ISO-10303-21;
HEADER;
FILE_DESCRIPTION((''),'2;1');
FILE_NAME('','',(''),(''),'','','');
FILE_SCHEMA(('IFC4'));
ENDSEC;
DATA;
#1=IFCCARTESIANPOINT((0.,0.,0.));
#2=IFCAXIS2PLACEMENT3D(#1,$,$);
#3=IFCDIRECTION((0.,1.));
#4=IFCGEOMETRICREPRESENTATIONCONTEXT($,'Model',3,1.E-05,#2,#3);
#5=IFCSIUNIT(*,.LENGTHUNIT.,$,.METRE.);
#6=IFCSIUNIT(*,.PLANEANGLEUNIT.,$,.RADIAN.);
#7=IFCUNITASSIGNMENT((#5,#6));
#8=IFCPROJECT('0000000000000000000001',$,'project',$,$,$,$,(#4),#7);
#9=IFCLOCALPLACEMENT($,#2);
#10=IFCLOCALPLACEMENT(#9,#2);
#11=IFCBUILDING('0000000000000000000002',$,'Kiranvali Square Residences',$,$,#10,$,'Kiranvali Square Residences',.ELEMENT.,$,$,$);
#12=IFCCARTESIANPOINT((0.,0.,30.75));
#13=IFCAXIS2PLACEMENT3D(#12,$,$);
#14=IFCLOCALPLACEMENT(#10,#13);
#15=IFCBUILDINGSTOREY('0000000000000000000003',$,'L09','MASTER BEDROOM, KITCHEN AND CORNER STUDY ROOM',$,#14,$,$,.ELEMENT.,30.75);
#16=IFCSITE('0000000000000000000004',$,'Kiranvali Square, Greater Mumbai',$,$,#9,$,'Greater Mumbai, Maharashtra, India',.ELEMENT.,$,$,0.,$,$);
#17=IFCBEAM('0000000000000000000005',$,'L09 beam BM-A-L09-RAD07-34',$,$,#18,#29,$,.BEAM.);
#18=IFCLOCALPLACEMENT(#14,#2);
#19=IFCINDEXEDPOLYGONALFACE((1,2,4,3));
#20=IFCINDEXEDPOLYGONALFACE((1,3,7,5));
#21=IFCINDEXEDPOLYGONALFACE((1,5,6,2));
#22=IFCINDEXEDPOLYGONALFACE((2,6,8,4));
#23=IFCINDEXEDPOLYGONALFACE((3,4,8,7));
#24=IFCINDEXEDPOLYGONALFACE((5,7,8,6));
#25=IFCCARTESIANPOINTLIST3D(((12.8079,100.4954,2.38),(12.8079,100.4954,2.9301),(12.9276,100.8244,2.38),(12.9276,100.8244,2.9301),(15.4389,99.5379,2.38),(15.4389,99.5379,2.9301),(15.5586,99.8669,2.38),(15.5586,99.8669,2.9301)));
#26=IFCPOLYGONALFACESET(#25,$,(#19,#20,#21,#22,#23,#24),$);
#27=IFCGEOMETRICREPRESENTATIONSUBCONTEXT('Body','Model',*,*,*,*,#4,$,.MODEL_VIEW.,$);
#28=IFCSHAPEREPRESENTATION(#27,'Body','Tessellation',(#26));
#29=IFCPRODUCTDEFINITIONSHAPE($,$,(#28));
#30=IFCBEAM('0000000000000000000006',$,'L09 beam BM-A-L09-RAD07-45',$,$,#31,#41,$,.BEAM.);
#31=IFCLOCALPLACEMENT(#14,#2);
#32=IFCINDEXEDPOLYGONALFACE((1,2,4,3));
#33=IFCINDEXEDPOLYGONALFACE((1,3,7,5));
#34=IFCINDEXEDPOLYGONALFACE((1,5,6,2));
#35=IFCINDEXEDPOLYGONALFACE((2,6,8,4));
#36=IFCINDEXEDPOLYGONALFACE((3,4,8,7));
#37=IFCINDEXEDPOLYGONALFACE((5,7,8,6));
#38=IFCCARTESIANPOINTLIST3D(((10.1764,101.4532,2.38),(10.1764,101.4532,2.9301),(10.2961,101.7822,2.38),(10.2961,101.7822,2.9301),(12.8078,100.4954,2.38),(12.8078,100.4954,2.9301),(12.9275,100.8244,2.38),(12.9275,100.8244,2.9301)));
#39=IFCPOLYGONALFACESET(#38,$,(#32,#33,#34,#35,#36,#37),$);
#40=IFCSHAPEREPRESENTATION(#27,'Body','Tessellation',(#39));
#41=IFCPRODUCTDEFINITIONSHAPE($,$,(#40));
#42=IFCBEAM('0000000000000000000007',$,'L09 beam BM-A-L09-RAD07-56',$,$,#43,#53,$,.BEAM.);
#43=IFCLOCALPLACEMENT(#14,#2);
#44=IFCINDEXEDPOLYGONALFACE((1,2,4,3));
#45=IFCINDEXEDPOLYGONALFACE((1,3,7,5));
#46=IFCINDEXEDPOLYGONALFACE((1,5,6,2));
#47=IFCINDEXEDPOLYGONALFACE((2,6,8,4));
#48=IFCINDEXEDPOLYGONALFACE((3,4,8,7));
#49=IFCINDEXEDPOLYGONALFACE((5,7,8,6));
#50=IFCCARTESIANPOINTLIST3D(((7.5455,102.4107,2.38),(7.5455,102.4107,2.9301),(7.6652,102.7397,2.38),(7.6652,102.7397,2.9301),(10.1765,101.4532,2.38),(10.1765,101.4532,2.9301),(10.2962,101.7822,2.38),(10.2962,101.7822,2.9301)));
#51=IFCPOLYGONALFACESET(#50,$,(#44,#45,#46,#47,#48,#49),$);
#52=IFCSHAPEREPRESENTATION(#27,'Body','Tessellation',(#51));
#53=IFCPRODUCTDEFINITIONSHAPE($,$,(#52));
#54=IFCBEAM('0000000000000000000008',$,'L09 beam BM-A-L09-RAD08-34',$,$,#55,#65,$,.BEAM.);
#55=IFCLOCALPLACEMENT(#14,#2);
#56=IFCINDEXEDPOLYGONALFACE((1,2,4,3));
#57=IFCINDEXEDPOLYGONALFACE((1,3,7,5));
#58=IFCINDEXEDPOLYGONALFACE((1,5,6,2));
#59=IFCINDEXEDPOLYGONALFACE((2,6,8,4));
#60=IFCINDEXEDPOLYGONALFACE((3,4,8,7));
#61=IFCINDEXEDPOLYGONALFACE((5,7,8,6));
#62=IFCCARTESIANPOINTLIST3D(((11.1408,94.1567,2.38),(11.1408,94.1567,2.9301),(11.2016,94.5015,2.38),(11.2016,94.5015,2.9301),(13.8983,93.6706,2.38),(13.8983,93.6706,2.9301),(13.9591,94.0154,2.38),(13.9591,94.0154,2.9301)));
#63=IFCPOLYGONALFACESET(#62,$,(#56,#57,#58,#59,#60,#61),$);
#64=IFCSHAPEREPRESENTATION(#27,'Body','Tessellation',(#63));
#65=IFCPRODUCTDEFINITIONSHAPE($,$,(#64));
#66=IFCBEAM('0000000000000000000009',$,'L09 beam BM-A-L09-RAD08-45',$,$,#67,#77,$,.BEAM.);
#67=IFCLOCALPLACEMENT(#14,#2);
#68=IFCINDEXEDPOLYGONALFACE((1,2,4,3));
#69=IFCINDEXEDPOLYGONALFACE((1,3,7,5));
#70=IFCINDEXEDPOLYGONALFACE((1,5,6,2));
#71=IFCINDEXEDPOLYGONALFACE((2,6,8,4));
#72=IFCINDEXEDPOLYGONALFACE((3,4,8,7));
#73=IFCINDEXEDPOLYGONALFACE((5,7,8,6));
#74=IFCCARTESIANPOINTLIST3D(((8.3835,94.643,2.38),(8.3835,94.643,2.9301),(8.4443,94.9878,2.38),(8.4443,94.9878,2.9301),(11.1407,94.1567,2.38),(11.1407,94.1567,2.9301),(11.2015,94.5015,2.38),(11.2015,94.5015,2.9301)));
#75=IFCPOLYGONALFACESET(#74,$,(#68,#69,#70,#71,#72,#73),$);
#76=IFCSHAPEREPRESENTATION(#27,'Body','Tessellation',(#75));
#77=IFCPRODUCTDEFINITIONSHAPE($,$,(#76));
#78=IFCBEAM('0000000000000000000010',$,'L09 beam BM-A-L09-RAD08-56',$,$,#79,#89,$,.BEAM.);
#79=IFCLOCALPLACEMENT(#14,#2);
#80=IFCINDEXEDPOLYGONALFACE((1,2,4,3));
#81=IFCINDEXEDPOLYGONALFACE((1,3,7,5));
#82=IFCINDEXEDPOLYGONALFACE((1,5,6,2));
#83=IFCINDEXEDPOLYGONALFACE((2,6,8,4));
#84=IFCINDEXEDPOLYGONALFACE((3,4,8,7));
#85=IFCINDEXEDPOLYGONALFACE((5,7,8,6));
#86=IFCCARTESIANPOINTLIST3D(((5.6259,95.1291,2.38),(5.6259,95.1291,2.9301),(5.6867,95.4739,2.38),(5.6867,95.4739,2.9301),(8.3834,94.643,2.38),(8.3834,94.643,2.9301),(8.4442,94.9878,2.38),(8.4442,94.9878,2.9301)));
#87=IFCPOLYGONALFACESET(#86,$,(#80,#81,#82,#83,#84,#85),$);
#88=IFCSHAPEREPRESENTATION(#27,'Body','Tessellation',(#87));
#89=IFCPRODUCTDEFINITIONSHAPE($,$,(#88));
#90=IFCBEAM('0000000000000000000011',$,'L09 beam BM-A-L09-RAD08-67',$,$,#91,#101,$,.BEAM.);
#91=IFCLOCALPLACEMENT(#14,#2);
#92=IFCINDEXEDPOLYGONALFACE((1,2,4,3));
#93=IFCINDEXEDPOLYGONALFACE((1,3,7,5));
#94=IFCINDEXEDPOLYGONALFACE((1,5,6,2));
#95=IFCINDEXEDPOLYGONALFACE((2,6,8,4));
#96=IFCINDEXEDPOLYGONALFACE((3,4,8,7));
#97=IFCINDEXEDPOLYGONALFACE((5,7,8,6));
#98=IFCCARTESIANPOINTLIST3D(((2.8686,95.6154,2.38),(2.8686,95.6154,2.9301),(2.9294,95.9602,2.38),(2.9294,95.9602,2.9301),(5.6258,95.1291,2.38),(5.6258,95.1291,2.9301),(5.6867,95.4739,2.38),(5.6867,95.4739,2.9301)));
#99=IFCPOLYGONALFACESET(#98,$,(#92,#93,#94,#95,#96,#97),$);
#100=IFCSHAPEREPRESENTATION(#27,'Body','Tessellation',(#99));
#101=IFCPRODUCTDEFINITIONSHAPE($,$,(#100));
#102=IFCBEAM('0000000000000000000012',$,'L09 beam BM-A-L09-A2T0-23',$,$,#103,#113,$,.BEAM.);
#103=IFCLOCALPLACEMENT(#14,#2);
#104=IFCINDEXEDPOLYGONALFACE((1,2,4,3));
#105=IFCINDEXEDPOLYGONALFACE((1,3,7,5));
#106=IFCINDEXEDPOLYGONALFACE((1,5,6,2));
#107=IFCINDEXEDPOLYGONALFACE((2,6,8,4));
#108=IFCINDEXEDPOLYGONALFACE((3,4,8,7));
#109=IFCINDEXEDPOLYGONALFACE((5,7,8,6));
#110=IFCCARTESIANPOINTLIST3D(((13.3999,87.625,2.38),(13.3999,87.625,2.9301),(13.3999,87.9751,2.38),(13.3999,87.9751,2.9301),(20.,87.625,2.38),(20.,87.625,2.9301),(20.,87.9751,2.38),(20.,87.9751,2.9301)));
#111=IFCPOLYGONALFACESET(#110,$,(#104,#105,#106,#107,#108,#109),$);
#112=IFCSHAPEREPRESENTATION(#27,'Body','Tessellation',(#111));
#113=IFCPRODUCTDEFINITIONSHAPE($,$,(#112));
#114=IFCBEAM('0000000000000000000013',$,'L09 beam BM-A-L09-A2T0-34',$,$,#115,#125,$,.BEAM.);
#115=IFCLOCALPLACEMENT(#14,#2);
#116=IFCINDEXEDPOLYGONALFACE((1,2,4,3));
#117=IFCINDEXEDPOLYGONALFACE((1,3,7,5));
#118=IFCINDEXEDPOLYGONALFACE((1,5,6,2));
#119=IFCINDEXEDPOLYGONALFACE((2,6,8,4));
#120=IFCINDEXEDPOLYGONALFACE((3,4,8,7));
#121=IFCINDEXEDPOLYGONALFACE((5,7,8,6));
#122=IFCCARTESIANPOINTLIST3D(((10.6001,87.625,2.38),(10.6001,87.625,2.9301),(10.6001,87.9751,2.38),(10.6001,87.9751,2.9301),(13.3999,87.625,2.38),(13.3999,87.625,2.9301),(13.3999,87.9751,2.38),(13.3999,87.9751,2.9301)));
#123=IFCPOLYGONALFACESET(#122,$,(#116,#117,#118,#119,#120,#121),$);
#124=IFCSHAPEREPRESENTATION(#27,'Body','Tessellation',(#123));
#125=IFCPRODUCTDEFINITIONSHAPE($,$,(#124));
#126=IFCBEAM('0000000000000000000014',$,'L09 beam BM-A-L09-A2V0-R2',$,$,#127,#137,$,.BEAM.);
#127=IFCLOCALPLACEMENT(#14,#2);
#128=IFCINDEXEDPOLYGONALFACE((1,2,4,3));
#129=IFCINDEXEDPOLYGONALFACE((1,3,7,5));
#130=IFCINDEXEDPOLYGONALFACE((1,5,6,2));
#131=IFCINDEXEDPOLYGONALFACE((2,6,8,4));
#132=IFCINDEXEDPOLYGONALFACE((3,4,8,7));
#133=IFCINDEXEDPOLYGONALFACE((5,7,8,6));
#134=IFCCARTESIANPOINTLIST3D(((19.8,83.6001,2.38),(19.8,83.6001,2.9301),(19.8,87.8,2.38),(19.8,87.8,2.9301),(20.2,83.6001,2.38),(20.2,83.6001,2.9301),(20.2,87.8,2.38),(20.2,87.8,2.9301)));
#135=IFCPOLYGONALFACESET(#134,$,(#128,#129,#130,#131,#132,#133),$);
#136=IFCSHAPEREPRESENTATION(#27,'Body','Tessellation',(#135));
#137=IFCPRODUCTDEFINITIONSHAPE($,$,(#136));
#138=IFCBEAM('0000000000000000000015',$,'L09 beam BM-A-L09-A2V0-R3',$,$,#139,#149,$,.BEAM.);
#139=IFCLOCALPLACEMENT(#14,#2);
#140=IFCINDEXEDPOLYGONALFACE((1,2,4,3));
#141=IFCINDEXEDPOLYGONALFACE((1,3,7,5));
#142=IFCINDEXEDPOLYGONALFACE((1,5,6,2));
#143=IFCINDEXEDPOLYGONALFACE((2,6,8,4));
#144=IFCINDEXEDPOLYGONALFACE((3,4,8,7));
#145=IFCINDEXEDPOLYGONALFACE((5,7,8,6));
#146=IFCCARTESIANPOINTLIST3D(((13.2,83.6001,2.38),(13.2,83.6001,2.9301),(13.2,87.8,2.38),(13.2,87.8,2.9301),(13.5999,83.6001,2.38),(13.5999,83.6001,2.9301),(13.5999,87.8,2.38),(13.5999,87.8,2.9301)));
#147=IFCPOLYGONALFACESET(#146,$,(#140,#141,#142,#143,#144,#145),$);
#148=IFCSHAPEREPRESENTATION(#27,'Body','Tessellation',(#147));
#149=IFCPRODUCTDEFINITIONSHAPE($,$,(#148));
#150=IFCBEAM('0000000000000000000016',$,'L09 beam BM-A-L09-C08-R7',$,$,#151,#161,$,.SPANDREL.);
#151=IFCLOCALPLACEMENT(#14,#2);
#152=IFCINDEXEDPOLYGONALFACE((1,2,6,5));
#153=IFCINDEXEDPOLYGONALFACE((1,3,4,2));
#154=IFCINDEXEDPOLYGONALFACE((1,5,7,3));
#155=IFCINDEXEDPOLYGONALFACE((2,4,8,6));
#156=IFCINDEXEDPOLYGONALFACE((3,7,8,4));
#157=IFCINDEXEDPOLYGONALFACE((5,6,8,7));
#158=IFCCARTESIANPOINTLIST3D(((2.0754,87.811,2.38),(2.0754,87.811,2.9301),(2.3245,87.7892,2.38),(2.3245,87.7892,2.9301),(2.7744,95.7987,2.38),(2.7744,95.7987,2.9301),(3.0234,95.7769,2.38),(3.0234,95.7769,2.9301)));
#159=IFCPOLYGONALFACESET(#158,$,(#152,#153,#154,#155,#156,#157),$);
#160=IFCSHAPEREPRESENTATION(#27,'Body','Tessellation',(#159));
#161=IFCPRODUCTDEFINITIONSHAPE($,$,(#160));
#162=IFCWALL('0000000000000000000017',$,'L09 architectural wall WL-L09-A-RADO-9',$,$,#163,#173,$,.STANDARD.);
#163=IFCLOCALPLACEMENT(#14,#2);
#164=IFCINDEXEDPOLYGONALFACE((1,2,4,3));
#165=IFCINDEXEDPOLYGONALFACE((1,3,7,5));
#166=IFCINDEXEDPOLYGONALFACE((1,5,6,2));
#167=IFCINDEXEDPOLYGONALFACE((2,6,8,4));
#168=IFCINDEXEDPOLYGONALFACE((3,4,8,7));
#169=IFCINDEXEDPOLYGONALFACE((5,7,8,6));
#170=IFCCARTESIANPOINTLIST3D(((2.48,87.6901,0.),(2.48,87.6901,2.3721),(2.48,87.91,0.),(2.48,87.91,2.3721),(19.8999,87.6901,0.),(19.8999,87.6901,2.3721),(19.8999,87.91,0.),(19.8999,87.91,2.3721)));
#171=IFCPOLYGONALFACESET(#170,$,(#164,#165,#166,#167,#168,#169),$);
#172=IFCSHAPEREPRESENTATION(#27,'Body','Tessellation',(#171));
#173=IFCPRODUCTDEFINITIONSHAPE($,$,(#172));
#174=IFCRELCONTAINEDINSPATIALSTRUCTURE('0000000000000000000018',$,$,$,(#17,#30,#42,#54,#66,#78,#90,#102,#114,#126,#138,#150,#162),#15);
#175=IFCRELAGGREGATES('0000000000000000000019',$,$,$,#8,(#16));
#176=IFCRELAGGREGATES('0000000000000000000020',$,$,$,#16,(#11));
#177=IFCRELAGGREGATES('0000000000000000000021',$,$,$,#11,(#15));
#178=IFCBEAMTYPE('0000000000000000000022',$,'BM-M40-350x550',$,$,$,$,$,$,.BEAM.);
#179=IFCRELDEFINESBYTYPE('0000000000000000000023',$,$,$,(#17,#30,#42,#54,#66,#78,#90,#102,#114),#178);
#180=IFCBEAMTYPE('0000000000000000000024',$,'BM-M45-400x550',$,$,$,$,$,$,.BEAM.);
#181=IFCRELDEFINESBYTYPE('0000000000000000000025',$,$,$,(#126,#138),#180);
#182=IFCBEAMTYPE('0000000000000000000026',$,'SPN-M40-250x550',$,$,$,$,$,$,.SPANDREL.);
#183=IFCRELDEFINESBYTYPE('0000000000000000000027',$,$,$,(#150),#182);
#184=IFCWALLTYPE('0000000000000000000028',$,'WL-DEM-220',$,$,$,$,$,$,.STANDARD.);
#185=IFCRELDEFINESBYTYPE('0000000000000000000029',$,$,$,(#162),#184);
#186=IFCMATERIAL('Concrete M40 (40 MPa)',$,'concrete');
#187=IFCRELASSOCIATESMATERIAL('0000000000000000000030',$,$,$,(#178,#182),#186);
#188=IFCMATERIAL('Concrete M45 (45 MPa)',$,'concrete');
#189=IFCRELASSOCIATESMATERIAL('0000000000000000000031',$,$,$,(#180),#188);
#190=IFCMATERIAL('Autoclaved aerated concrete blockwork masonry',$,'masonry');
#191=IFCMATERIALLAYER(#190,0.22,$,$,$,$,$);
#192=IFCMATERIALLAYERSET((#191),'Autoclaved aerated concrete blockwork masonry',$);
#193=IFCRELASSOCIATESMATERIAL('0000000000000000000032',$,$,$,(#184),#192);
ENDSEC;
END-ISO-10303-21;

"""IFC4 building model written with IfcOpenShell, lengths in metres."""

from ifc_helpers import new_model, si_unit, direction, frame, frame_2d, origin, origin_2d, place, context, subcontext, project, spatial, rectangle, extrude, material, layer, layer_set, material_profile, profile_set, type_object, element, save


model = new_model("IFC4")

# Units and contexts
model_context = context("Model", 3, precision=1e-05, world=origin(), true_north=direction((0.0, 1.0)))
body_context = subcontext(model_context, "Body", "Model", "MODEL_VIEW")
ifc_project = project(units=[si_unit("LENGTHUNIT", "METRE"), si_unit("PLANEANGLEUNIT", "RADIAN")], contexts=[model_context])

# Site, building, storey
site_placement = place(None, origin())
site = spatial("IfcSite", under=ifc_project, at=site_placement, Name="Kiranvali Square, Greater Mumbai", LongName="Greater Mumbai, Maharashtra, India", CompositionType="ELEMENT", RefElevation=0.0)
building_placement = place(site_placement, origin())
building = spatial("IfcBuilding", under=site, at=building_placement, Name="Kiranvali Square Residences", LongName="Kiranvali Square Residences", CompositionType="ELEMENT")
storey_placement = place(building_placement, frame((0.0, 0.0, 30.75)))
storey = spatial("IfcBuildingStorey", under=building, at=storey_placement, Name="L09", Description="MASTER BEDROOM, KITCHEN AND CORNER STUDY ROOM", CompositionType="ELEMENT", Elevation=30.75)

# Shared definitions
ifc_material_1 = material(Name="Concrete M40 (40 MPa)", Category="concrete")

# Beams
ifc_material_profile_1 = material_profile(ifc_material_1, rectangle(XDim=0.3501, YDim=0.55, at=origin_2d()), Name="RC 350x550")
ifc_profile_set_1 = profile_set([ifc_material_profile_1], Name="Concrete M40 (40 MPa)")
beam_type_1 = type_object("IfcBeamType", Name="BM-M40-350x550", PredefinedType="BEAM", material=ifc_profile_set_1)
beam_1_placement = place(storey_placement, frame((15.4988, 99.7024, 2.655), z_axis=(-0.939707, 0.341981, 0.0), x_axis=(-0.341981, -0.939707, 0.0)))
element("IfcBeam", 1, at=beam_1_placement, inside=storey, type_object=beam_type_1, Name="L09 beam BM-A-L09-RAD07-34", PredefinedType="BEAM", context=body_context, shape_type="SweptSolid", body=[
    extrude(rectangle(XDim=0.3501, YDim=0.55, at=origin_2d()), origin(), (0.0, 0.0, 1.0), 2.7998),
])
beam_2_placement = place(storey_placement, frame((12.8677, 100.6599, 2.655), z_axis=(-0.939689, 0.34203, 0.0), x_axis=(-0.34203, -0.939689, 0.0)))
element("IfcBeam", 2, at=beam_2_placement, inside=storey, type_object=beam_type_1, Name="L09 beam BM-A-L09-RAD07-45", PredefinedType="BEAM", context=body_context, shape_type="SweptSolid", body=[
    extrude(rectangle(XDim=0.3501, YDim=0.55, at=origin_2d()), origin(), (0.0, 0.0, 1.0), 2.8003),
])
beam_3_placement = place(storey_placement, frame((10.2363, 101.6177, 2.655), z_axis=(-0.939707, 0.341981, 0.0), x_axis=(-0.341981, -0.939707, 0.0)))
element("IfcBeam", 3, at=beam_3_placement, inside=storey, type_object=beam_type_1, Name="L09 beam BM-A-L09-RAD07-56", PredefinedType="BEAM", context=body_context, shape_type="SweptSolid", body=[
    extrude(rectangle(XDim=0.3501, YDim=0.55, at=origin_2d()), origin(), (0.0, 0.0, 1.0), 2.7998),
])
beam_4_placement = place(storey_placement, frame((13.9287, 93.843, 2.655), z_axis=(-0.984817, 0.173596, 0.0), x_axis=(-0.173596, -0.984817, 0.0)))
element("IfcBeam", 4, at=beam_4_placement, inside=storey, type_object=beam_type_1, Name="L09 beam BM-A-L09-RAD08-34", PredefinedType="BEAM", context=body_context, shape_type="SweptSolid", body=[
    extrude(rectangle(XDim=0.3501, YDim=0.55, at=origin_2d()), origin(), (0.0, 0.0, 1.0), 2.8),
])
beam_5_placement = place(storey_placement, frame((11.1711, 94.3291, 2.655), z_axis=(-0.984799, 0.173696, 0.0), x_axis=(-0.173696, -0.984799, 0.0)))
element("IfcBeam", 5, at=beam_5_placement, inside=storey, type_object=beam_type_1, Name="L09 beam BM-A-L09-RAD08-45", PredefinedType="BEAM", context=body_context, shape_type="SweptSolid", body=[
    extrude(rectangle(XDim=0.3501, YDim=0.55, at=origin_2d()), origin(), (0.0, 0.0, 1.0), 2.7998),
])
beam_6_placement = place(storey_placement, frame((8.4138, 94.8154, 2.655), z_axis=(-0.984817, 0.173596, 0.0), x_axis=(-0.173596, -0.984817, 0.0)))
element("IfcBeam", 6, at=beam_6_placement, inside=storey, type_object=beam_type_1, Name="L09 beam BM-A-L09-RAD08-56", PredefinedType="BEAM", context=body_context, shape_type="SweptSolid", body=[
    extrude(rectangle(XDim=0.3501, YDim=0.55, at=origin_2d()), origin(), (0.0, 0.0, 1.0), 2.8),
])
beam_7_placement = place(storey_placement, frame((5.6562, 95.3015, 2.655), z_axis=(-0.984799, 0.173696, 0.0), x_axis=(-0.173696, -0.984799, 0.0)))
element("IfcBeam", 7, at=beam_7_placement, inside=storey, type_object=beam_type_1, Name="L09 beam BM-A-L09-RAD08-67", PredefinedType="BEAM", context=body_context, shape_type="SweptSolid", body=[
    extrude(rectangle(XDim=0.3501, YDim=0.55, at=origin_2d()), origin(), (0.0, 0.0, 1.0), 2.7998),
])
beam_8_placement = place(storey_placement, frame((20.0, 87.8, 2.655), z_axis=(-1.0, 0.0, 0.0), x_axis=(0.0, -1.0, 0.0)))
element("IfcBeam", 8, at=beam_8_placement, inside=storey, type_object=beam_type_1, Name="L09 beam BM-A-L09-A2T0-23", PredefinedType="BEAM", context=body_context, shape_type="SweptSolid", body=[
    extrude(rectangle(XDim=0.3501, YDim=0.55, at=origin_2d()), origin(), (0.0, 0.0, 1.0), 6.6001),
])
beam_9_placement = place(storey_placement, frame((13.3999, 87.8, 2.655), z_axis=(-1.0, 0.0, 0.0), x_axis=(0.0, -1.0, 0.0)))
element("IfcBeam", 9, at=beam_9_placement, inside=storey, type_object=beam_type_1, Name="L09 beam BM-A-L09-A2T0-34", PredefinedType="BEAM", context=body_context, shape_type="SweptSolid", body=[
    extrude(rectangle(XDim=0.3501, YDim=0.55, at=origin_2d()), origin(), (0.0, 0.0, 1.0), 2.7998),
])
ifc_material_2 = material(Name="Concrete M45 (45 MPa)", Category="concrete")
ifc_material_profile_2 = material_profile(ifc_material_2, rectangle(XDim=0.3999, YDim=0.55, at=origin_2d()), Name="RC 400x550")
ifc_profile_set_2 = profile_set([ifc_material_profile_2], Name="Concrete M45 (45 MPa)")
beam_type_2 = type_object("IfcBeamType", Name="BM-M45-400x550", PredefinedType="BEAM", material=ifc_profile_set_2)
for number, where, z_axis, x_axis, name in (
    (10, (20.0, 87.8, 2.655), (0.0, -1.0, 0.0), (1.0, 0.0, 0.0), "L09 beam BM-A-L09-A2V0-R2"),
    (11, (13.3999, 87.8, 2.655), (0.0, -1.0, 0.0), (1.0, 0.0, 0.0), "L09 beam BM-A-L09-A2V0-R3"),
):
    element("IfcBeam", number, at=place(storey_placement, frame(where, z_axis=z_axis, x_axis=x_axis)), inside=storey, type_object=beam_type_2, Name=name, PredefinedType="BEAM", context=body_context, shape_type="SweptSolid", body=[
        extrude(rectangle(XDim=0.3999, YDim=0.55, at=origin_2d()), origin(), (0.0, 0.0, 1.0), 4.2),
    ])
ifc_material_profile_3 = material_profile(ifc_material_1, rectangle(XDim=0.25, YDim=0.55, at=origin_2d()), Name="RC 250x550")
ifc_profile_set_3 = profile_set([ifc_material_profile_3], Name="Concrete M40 (40 MPa)")
beam_type_3 = type_object("IfcBeamType", Name="SPN-M40-250x550", PredefinedType="SPANDREL", material=ifc_profile_set_3)
beam_10_placement = place(storey_placement, frame((2.8989, 95.7878, 2.655), z_axis=(-0.087172, -0.996193, 0.0), x_axis=(0.996193, -0.087172, 0.0)))
element("IfcBeam", 12, at=beam_10_placement, inside=storey, type_object=beam_type_3, Name="L09 beam BM-A-L09-C08-R7", PredefinedType="SPANDREL", context=body_context, shape_type="SweptSolid", body=[
    extrude(rectangle(XDim=0.25, YDim=0.55, at=origin_2d()), origin(), (0.0, 0.0, 1.0), 8.0183),
])

# Wall
ifc_material_3 = material(Name="Autoclaved aerated concrete blockwork masonry", Category="masonry")
ifc_layer_1 = layer(ifc_material_3, 0.22)
ifc_layer_set_1 = layer_set([ifc_layer_1], Name="Autoclaved aerated concrete blockwork masonry")
wall_type_1 = type_object("IfcWallType", Name="WL-DEM-220", PredefinedType="STANDARD", material=ifc_layer_set_1)
wall_1_placement = place(storey_placement, frame((19.8999, 87.8, 0.0), z_axis=(0.0, 0.0, 1.0), x_axis=(-1.0, 0.0, 0.0)))
element("IfcWall", 13, at=wall_1_placement, inside=storey, type_object=wall_type_1, Name="L09 architectural wall WL-L09-A-RADO-9", PredefinedType="STANDARD", context=body_context, shape_type="SweptSolid", body=[
    extrude(rectangle(XDim=17.4199, YDim=0.22, at=frame_2d((8.71, 0.0))), origin(), (0.0, 0.0, 1.0), 2.3721),
])

save(model, "model.ifc")
